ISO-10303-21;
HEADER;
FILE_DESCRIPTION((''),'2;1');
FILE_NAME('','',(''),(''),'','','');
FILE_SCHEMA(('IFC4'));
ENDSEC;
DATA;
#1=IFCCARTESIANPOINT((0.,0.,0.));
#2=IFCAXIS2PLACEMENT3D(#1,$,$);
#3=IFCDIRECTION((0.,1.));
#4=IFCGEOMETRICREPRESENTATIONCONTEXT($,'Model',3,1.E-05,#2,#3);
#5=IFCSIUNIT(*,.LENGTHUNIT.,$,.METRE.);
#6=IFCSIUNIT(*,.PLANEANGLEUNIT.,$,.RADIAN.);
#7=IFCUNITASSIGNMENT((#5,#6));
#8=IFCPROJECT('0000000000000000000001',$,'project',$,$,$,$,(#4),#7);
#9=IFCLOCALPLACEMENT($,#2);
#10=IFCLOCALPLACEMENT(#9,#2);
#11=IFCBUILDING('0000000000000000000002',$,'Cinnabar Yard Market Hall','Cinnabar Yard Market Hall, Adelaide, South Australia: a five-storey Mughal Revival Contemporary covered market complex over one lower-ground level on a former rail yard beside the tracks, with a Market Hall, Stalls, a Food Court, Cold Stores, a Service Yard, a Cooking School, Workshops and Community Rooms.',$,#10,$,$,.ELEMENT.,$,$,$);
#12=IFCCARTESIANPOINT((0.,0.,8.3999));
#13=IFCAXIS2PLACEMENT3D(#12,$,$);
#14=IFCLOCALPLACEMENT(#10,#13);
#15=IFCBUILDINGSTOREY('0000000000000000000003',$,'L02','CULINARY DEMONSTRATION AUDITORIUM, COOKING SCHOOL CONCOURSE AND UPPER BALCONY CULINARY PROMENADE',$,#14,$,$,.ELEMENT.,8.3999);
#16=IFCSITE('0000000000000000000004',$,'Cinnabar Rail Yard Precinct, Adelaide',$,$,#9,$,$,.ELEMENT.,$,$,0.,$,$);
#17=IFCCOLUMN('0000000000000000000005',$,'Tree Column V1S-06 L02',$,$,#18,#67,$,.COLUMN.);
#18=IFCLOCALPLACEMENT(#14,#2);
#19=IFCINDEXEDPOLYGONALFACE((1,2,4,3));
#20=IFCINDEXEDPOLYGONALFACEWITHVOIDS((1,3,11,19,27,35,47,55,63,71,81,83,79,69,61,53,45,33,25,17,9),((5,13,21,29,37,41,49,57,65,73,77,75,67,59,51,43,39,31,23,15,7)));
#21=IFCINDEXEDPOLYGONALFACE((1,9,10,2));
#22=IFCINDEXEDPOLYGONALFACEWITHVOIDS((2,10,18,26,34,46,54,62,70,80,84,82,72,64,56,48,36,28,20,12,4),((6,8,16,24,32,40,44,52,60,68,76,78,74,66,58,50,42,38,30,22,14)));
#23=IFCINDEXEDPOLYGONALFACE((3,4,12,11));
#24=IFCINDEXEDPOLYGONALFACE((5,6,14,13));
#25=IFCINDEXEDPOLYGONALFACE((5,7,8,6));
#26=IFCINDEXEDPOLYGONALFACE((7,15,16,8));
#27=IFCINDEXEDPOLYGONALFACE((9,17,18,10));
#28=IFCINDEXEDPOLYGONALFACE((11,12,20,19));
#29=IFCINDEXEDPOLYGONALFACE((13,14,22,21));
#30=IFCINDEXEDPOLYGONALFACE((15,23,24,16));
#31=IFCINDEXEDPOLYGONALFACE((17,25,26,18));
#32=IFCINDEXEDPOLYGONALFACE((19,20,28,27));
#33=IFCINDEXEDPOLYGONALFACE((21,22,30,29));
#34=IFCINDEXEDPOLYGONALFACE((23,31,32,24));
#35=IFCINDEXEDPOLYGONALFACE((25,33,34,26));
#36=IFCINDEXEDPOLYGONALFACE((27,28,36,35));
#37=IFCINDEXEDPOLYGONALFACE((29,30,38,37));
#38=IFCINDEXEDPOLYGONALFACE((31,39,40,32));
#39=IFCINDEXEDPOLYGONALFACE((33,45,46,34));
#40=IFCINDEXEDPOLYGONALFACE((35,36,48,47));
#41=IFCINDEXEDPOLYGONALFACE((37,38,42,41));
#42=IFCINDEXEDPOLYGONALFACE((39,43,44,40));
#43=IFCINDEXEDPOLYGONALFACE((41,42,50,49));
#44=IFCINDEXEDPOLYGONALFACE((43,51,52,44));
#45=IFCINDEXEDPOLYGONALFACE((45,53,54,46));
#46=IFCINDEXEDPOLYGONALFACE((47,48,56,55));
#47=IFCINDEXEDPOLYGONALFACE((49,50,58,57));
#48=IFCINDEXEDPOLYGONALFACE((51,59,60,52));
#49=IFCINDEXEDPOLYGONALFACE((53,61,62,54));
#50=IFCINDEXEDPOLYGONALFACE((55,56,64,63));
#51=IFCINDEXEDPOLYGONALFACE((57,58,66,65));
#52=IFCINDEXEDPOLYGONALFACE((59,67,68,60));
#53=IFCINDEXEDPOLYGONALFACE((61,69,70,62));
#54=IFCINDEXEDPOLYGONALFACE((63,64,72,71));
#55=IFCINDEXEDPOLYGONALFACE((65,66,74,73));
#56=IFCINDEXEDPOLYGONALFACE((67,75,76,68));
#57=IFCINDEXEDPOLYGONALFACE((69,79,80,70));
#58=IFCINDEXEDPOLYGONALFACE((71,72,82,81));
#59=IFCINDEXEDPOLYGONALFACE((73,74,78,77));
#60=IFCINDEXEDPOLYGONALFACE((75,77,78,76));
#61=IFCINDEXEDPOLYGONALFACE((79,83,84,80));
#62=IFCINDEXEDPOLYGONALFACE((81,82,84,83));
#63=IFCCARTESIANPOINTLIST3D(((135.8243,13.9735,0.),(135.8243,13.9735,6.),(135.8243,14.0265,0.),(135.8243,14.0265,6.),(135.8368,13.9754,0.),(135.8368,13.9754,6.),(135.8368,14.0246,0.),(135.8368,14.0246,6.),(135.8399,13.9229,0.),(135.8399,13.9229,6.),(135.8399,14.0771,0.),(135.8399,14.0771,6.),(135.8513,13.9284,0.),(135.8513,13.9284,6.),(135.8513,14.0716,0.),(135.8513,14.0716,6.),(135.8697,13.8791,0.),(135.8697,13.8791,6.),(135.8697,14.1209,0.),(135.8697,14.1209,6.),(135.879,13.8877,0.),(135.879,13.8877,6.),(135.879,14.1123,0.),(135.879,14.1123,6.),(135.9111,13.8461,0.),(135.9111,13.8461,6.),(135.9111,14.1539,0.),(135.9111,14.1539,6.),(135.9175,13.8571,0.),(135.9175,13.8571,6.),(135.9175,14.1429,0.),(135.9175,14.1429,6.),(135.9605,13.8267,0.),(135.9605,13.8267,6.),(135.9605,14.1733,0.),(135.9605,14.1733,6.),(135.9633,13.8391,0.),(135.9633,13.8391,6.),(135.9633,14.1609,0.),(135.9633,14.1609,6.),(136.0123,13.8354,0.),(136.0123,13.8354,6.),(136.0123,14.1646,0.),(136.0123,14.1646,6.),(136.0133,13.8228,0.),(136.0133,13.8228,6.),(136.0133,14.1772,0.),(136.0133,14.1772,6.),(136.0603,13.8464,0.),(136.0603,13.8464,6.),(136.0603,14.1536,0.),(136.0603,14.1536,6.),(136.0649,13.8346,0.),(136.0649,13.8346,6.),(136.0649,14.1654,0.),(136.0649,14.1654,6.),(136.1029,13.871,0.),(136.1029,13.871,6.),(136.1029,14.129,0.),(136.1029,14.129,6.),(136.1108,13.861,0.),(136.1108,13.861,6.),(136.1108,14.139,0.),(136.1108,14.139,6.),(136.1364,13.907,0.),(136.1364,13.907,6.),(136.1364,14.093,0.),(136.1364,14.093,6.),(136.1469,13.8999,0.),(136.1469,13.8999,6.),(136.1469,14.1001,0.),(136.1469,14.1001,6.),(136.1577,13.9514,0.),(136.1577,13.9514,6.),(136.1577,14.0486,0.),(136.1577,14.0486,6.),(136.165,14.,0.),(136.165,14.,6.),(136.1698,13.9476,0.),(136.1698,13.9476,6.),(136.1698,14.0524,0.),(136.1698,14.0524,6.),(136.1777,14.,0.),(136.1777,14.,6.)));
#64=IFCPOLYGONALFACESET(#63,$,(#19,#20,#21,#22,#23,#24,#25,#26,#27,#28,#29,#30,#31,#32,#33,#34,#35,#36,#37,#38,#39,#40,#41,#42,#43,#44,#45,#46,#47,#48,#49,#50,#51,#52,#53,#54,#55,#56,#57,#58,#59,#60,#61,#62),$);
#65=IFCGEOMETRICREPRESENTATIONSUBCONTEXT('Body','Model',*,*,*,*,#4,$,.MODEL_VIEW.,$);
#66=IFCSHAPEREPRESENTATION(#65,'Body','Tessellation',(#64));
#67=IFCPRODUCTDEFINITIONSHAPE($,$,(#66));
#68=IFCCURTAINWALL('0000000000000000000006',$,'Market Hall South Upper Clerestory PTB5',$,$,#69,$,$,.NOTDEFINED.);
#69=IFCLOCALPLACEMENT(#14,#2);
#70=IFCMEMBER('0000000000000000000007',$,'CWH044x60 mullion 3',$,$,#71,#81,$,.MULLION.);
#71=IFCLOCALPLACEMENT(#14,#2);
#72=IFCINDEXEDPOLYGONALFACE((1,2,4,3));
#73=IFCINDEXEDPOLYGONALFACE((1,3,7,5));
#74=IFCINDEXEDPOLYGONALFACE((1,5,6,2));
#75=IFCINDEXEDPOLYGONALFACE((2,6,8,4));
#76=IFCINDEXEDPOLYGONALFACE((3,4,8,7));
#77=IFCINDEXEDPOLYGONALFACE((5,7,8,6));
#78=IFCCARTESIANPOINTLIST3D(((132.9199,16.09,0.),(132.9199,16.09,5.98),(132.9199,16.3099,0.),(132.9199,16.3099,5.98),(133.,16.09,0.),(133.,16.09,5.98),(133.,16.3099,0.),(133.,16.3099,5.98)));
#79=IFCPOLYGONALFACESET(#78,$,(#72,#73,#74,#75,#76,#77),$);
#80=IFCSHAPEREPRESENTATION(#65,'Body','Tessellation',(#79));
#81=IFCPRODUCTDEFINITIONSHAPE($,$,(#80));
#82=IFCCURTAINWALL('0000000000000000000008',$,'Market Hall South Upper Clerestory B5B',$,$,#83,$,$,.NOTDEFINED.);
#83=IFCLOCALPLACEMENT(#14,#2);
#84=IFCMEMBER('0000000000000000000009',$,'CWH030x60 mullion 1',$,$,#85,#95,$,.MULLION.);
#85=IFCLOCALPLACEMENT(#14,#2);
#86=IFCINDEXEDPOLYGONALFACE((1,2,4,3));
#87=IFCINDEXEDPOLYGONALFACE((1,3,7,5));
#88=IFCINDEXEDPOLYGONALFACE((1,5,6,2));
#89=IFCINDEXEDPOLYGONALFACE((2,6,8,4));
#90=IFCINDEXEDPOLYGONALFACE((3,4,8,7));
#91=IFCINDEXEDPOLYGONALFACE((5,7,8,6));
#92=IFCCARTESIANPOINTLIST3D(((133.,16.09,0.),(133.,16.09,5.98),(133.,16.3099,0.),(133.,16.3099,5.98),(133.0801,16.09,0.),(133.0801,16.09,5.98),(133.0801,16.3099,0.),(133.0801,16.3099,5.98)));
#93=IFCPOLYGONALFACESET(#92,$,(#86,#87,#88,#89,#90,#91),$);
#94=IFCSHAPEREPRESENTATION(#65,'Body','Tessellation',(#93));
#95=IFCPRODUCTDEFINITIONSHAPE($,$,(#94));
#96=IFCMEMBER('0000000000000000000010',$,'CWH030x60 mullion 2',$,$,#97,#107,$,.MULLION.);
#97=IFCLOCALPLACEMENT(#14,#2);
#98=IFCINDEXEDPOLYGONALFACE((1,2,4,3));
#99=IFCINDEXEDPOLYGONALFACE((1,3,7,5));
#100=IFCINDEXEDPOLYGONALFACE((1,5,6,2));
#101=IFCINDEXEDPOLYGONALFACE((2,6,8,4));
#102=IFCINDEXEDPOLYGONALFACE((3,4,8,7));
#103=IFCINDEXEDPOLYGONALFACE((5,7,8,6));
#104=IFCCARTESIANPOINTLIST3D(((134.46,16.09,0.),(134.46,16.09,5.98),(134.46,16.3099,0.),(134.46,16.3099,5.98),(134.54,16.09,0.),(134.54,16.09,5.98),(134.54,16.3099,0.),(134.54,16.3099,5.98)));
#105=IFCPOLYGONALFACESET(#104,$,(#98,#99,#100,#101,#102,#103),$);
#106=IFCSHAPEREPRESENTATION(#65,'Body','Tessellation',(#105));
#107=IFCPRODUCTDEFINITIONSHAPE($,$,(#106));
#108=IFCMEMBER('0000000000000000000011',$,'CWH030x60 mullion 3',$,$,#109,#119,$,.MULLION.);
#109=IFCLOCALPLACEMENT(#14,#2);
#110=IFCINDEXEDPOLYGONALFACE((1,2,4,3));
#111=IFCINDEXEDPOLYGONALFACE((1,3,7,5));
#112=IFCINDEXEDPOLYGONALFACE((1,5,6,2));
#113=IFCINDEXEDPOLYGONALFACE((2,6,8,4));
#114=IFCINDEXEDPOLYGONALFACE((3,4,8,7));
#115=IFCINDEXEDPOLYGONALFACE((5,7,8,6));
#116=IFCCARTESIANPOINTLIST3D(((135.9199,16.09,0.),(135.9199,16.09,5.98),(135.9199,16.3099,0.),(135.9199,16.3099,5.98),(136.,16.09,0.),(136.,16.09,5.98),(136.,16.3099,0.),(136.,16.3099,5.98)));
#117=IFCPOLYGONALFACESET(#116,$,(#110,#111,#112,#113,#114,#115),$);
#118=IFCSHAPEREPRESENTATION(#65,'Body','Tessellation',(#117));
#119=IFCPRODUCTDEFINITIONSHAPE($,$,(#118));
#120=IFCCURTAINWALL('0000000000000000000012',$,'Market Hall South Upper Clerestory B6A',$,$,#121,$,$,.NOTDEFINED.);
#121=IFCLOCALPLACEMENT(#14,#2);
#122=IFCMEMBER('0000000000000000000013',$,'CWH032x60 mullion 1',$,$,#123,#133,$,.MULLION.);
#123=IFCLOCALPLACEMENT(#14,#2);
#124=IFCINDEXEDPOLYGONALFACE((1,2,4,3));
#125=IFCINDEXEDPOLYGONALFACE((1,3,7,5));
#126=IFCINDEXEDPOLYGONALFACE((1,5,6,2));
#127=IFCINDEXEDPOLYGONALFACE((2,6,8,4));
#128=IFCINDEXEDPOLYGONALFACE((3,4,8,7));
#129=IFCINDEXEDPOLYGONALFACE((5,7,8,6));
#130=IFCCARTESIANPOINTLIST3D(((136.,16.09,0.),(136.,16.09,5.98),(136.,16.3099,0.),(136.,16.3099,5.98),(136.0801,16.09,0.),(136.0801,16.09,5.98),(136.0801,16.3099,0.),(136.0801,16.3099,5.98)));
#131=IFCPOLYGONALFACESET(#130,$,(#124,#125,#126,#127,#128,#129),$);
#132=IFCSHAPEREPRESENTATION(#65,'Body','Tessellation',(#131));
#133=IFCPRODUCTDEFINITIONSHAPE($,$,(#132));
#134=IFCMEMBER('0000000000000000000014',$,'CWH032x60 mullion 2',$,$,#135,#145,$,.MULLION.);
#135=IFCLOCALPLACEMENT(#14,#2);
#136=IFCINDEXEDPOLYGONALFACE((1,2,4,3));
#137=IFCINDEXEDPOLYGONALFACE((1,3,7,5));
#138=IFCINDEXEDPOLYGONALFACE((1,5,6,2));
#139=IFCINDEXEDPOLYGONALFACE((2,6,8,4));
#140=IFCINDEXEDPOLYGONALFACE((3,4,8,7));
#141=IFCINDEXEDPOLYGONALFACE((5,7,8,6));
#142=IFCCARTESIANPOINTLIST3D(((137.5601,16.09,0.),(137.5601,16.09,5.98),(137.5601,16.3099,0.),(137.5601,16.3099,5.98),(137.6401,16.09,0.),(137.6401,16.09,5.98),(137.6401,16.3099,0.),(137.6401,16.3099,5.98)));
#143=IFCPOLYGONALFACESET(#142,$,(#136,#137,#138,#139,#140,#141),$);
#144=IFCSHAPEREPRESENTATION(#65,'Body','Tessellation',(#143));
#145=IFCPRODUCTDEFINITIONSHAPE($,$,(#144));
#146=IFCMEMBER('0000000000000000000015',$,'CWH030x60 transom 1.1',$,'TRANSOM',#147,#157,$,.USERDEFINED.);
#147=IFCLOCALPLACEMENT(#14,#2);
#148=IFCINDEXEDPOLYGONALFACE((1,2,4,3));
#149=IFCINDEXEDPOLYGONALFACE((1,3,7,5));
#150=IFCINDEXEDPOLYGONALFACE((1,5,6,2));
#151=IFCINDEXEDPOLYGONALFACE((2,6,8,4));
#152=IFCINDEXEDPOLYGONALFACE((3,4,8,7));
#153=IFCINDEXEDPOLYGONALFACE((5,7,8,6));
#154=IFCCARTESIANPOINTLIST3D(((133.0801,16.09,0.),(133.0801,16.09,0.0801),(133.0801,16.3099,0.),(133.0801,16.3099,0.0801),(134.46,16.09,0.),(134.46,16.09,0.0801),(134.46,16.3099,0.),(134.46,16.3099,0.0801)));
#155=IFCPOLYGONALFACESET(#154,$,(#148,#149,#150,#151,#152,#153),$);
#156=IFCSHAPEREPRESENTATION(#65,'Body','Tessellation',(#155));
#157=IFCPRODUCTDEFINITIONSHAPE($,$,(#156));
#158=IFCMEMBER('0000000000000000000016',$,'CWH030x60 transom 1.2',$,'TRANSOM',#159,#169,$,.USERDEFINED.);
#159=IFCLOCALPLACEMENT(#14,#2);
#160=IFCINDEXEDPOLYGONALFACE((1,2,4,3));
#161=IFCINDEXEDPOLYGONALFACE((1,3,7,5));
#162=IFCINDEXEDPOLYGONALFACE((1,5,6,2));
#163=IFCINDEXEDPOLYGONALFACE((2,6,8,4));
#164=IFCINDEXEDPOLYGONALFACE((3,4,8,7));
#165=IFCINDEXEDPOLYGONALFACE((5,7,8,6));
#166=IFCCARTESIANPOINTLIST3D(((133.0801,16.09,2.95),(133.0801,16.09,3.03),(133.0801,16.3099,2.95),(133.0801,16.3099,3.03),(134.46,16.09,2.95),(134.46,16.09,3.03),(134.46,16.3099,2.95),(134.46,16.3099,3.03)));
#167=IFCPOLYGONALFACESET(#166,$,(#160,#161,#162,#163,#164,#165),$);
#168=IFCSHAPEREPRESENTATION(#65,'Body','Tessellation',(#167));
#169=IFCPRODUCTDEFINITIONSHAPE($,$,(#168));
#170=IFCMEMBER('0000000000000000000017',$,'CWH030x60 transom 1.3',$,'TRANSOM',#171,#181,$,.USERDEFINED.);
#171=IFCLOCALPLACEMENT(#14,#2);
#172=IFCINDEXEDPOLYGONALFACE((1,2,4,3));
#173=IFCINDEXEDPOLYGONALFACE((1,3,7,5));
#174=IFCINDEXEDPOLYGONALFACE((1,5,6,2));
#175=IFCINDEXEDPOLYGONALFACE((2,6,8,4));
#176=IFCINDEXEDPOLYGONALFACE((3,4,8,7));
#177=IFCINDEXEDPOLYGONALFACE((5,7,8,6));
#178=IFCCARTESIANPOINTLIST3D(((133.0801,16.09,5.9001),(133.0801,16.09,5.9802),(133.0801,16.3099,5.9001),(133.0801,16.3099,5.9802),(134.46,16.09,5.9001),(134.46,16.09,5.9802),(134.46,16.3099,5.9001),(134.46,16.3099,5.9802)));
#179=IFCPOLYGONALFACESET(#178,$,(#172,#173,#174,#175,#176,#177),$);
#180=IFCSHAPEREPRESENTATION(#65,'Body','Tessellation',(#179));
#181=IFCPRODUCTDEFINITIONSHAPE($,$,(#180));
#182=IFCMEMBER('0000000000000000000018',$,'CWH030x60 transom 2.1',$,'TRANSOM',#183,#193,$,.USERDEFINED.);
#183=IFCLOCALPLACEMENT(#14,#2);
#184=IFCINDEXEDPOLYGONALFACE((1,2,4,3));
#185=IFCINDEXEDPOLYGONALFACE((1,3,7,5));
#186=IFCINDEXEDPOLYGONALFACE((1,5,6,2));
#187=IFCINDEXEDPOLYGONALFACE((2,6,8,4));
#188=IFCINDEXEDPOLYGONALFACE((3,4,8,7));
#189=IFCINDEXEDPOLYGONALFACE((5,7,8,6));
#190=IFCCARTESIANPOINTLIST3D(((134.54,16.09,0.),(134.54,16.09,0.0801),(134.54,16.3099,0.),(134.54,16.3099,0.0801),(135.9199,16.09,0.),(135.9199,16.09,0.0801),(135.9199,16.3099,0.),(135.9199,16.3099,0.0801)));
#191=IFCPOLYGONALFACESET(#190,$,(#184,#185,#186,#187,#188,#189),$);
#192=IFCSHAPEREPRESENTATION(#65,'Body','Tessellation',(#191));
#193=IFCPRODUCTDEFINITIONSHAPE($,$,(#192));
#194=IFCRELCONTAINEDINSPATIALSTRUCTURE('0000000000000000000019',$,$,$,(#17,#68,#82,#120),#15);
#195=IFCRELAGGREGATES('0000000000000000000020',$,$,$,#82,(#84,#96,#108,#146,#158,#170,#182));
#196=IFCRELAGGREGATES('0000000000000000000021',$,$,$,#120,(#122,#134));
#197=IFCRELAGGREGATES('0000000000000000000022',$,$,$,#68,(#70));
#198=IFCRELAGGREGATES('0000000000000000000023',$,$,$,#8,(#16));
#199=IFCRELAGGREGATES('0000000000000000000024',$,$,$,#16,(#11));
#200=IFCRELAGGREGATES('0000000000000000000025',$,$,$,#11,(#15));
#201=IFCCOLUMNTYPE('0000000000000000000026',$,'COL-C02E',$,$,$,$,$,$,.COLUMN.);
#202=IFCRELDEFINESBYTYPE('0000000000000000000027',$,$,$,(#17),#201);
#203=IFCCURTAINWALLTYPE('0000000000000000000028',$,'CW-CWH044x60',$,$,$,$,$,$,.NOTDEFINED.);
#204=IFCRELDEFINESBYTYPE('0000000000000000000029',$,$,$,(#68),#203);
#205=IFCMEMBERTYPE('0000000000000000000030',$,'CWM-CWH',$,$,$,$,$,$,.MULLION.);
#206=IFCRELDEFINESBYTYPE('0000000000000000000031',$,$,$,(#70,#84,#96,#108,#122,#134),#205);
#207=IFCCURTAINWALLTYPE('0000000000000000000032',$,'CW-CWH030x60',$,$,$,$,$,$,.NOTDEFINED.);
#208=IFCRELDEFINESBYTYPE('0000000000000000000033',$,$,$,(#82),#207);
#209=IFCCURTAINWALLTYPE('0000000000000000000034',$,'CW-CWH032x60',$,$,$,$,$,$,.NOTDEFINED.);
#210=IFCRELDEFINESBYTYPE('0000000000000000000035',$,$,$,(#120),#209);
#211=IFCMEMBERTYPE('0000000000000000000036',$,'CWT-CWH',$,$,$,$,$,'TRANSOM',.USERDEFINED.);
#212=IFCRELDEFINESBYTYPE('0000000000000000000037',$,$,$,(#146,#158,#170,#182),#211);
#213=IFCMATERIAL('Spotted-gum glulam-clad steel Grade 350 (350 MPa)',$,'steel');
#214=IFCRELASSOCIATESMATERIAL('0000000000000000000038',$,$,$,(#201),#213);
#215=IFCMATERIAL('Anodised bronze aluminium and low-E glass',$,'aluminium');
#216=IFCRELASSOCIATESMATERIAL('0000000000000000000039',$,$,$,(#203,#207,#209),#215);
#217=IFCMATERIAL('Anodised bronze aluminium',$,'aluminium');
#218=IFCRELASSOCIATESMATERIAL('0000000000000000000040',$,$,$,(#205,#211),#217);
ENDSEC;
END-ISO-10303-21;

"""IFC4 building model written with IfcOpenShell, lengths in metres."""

from ifc_helpers import new_model, si_unit, direction, frame, origin, origin_2d_with_axis, place, context, subcontext, project, spatial, rectangle, hollow_circle, extrude, material, material_profile, profile_set, type_object, element, aggregate, save


model = new_model("IFC4")

# Units and contexts
model_context = context("Model", 3, precision=1e-05, world=origin(), true_north=direction((0.0, 1.0)))
body_context = subcontext(model_context, "Body", "Model", "MODEL_VIEW")
ifc_project = project(units=[si_unit("LENGTHUNIT", "METRE"), si_unit("PLANEANGLEUNIT", "RADIAN")], contexts=[model_context])

# Site, building, storey
site_placement = place(None, origin())
site = spatial("IfcSite", under=ifc_project, at=site_placement, Name="Cinnabar Rail Yard Precinct, Adelaide", CompositionType="ELEMENT", RefElevation=0.0)
building_placement = place(site_placement, origin())
building = spatial("IfcBuilding", under=site, at=building_placement, Name="Cinnabar Yard Market Hall", Description="Cinnabar Yard Market Hall, Adelaide, South Australia: a five-storey Mughal Revival Contemporary covered market complex over one lower-ground level on a former rail yard beside the tracks, with a Market Hall, Stalls, a Food Court, Cold Stores, a Service Yard, a Cooking School, Workshops and Community Rooms.", CompositionType="ELEMENT")
storey_placement = place(building_placement, frame((0.0, 0.0, 8.3999)))
storey = spatial("IfcBuildingStorey", under=building, at=storey_placement, Name="L02", Description="CULINARY DEMONSTRATION AUDITORIUM, COOKING SCHOOL CONCOURSE AND UPPER BALCONY CULINARY PROMENADE", CompositionType="ELEMENT", Elevation=8.3999)

# Column
ifc_material_1 = material(Name="Spotted-gum glulam-clad steel Grade 350 (350 MPa)", Category="steel")
ifc_material_profile_1 = material_profile(ifc_material_1, hollow_circle(Radius=0.1777, WallThickness=0.0127, at=origin_2d_with_axis()), Name="355.6x12.7CHS")
ifc_profile_set_1 = profile_set([ifc_material_profile_1], Name="Spotted-gum glulam-clad steel Grade 350 (350 MPa)")
column_type = type_object("IfcColumnType", Name="COL-C02E", PredefinedType="COLUMN", material=ifc_profile_set_1)
column_placement = place(storey_placement, frame((136.0, 14.0, 0.0), z_axis=(0.0, 0.0, 1.0), x_axis=(1.0, 0.0, 0.0)))
element("IfcColumn", 1, at=column_placement, inside=storey, type_object=column_type, Name="Tree Column V1S-06 L02", PredefinedType="COLUMN", context=body_context, shape_type="SweptSolid", body=[
    extrude(hollow_circle(Radius=0.1777, WallThickness=0.0127, at=origin_2d_with_axis()), origin(), (0.0, 0.0, 1.0), 6.0),
])

# Curtain wall, member
ifc_material_2 = material(Name="Anodised bronze aluminium and low-E glass", Category="aluminium")
curtain_wall_type_1 = type_object("IfcCurtainWallType", Name="CW-CWH044x60", PredefinedType="NOTDEFINED", material=ifc_material_2)
curtain_wall_1_placement = place(storey_placement, origin())
curtain_wall_1 = element("IfcCurtainWall", 2, at=curtain_wall_1_placement, inside=storey, type_object=curtain_wall_type_1, Name="Market Hall South Upper Clerestory PTB5", PredefinedType="NOTDEFINED")
ifc_material_3 = material(Name="Anodised bronze aluminium", Category="aluminium")
ifc_material_profile_2 = material_profile(ifc_material_3, rectangle(XDim=0.22, YDim=0.0801, at=origin_2d_with_axis()), Name="MUL-CWH")
ifc_profile_set_2 = profile_set([ifc_material_profile_2], Name="Anodised bronze aluminium")
member_type_1 = type_object("IfcMemberType", Name="CWM-CWH", PredefinedType="MULLION", material=ifc_profile_set_2)
member_1_placement = place(storey_placement, frame((132.96, 16.2, 0.0), z_axis=(0.0, 0.0, 1.0), x_axis=(0.0, 1.0, 0.0)))
member_1 = element("IfcMember", 3, at=member_1_placement, type_object=member_type_1, Name="CWH044x60 mullion 3", PredefinedType="MULLION", context=body_context, shape_type="SweptSolid", body=[
    extrude(rectangle(XDim=0.22, YDim=0.0801, at=origin_2d_with_axis()), origin(), (0.0, 0.0, 1.0), 5.98),
])

# Curtain walls, members
curtain_wall_type_2 = type_object("IfcCurtainWallType", Name="CW-CWH030x60", PredefinedType="NOTDEFINED", material=ifc_material_2)
curtain_wall_2_placement = place(storey_placement, origin())
curtain_wall_2 = element("IfcCurtainWall", 4, at=curtain_wall_2_placement, inside=storey, type_object=curtain_wall_type_2, Name="Market Hall South Upper Clerestory B5B", PredefinedType="NOTDEFINED")
member_2_placement = place(storey_placement, frame((133.04, 16.2, 0.0), z_axis=(0.0, 0.0, 1.0), x_axis=(0.0, 1.0, 0.0)))
member_2 = element("IfcMember", 5, at=member_2_placement, type_object=member_type_1, Name="CWH030x60 mullion 1", PredefinedType="MULLION", context=body_context, shape_type="SweptSolid", body=[
    extrude(rectangle(XDim=0.22, YDim=0.0801, at=origin_2d_with_axis()), origin(), (0.0, 0.0, 1.0), 5.98),
])
member_3_placement = place(storey_placement, frame((134.5, 16.2, 0.0), z_axis=(0.0, 0.0, 1.0), x_axis=(0.0, 1.0, 0.0)))
member_3 = element("IfcMember", 6, at=member_3_placement, type_object=member_type_1, Name="CWH030x60 mullion 2", PredefinedType="MULLION", context=body_context, shape_type="SweptSolid", body=[
    extrude(rectangle(XDim=0.22, YDim=0.0801, at=origin_2d_with_axis()), origin(), (0.0, 0.0, 1.0), 5.98),
])
member_4_placement = place(storey_placement, frame((135.96, 16.2, 0.0), z_axis=(0.0, 0.0, 1.0), x_axis=(0.0, 1.0, 0.0)))
member_4 = element("IfcMember", 7, at=member_4_placement, type_object=member_type_1, Name="CWH030x60 mullion 3", PredefinedType="MULLION", context=body_context, shape_type="SweptSolid", body=[
    extrude(rectangle(XDim=0.22, YDim=0.0801, at=origin_2d_with_axis()), origin(), (0.0, 0.0, 1.0), 5.98),
])
curtain_wall_type_3 = type_object("IfcCurtainWallType", Name="CW-CWH032x60", PredefinedType="NOTDEFINED", material=ifc_material_2)
curtain_wall_3_placement = place(storey_placement, origin())
curtain_wall_3 = element("IfcCurtainWall", 8, at=curtain_wall_3_placement, inside=storey, type_object=curtain_wall_type_3, Name="Market Hall South Upper Clerestory B6A", PredefinedType="NOTDEFINED")
member_5_placement = place(storey_placement, frame((136.04, 16.2, 0.0), z_axis=(0.0, 0.0, 1.0), x_axis=(0.0, 1.0, 0.0)))
member_5 = element("IfcMember", 9, at=member_5_placement, type_object=member_type_1, Name="CWH032x60 mullion 1", PredefinedType="MULLION", context=body_context, shape_type="SweptSolid", body=[
    extrude(rectangle(XDim=0.22, YDim=0.0801, at=origin_2d_with_axis()), origin(), (0.0, 0.0, 1.0), 5.98),
])
member_6_placement = place(storey_placement, frame((137.6001, 16.2, 0.0), z_axis=(0.0, 0.0, 1.0), x_axis=(0.0, 1.0, 0.0)))
member_6 = element("IfcMember", 10, at=member_6_placement, type_object=member_type_1, Name="CWH032x60 mullion 2", PredefinedType="MULLION", context=body_context, shape_type="SweptSolid", body=[
    extrude(rectangle(XDim=0.22, YDim=0.0801, at=origin_2d_with_axis()), origin(), (0.0, 0.0, 1.0), 5.98),
])

# Members
ifc_material_profile_3 = material_profile(ifc_material_3, rectangle(XDim=0.22, YDim=0.0801, at=origin_2d_with_axis()), Name="TRN-CWH")
ifc_profile_set_3 = profile_set([ifc_material_profile_3], Name="Anodised bronze aluminium")
member_type_2 = type_object("IfcMemberType", Name="CWT-CWH", ElementType="TRANSOM", PredefinedType="USERDEFINED", material=ifc_profile_set_3)
member_7_placement = place(storey_placement, frame((133.0801, 16.2, 0.04), z_axis=(1.0, 0.0, 0.0), x_axis=(0.0, 1.0, 0.0)))
member_7 = element("IfcMember", 11, at=member_7_placement, type_object=member_type_2, Name="CWH030x60 transom 1.1", ObjectType="TRANSOM", PredefinedType="USERDEFINED", context=body_context, shape_type="SweptSolid", body=[
    extrude(rectangle(XDim=0.22, YDim=0.0801, at=origin_2d_with_axis()), origin(), (0.0, 0.0, 1.0), 1.3799),
])
member_8_placement = place(storey_placement, frame((133.0801, 16.2, 2.99), z_axis=(1.0, 0.0, 0.0), x_axis=(0.0, 1.0, 0.0)))
member_8 = element("IfcMember", 12, at=member_8_placement, type_object=member_type_2, Name="CWH030x60 transom 1.2", ObjectType="TRANSOM", PredefinedType="USERDEFINED", context=body_context, shape_type="SweptSolid", body=[
    extrude(rectangle(XDim=0.22, YDim=0.0801, at=origin_2d_with_axis()), origin(), (0.0, 0.0, 1.0), 1.3799),
])
member_9_placement = place(storey_placement, frame((133.0801, 16.2, 5.9402), z_axis=(1.0, 0.0, 0.0), x_axis=(0.0, 1.0, 0.0)))
member_9 = element("IfcMember", 13, at=member_9_placement, type_object=member_type_2, Name="CWH030x60 transom 1.3", ObjectType="TRANSOM", PredefinedType="USERDEFINED", context=body_context, shape_type="SweptSolid", body=[
    extrude(rectangle(XDim=0.22, YDim=0.0801, at=origin_2d_with_axis()), origin(), (0.0, 0.0, 1.0), 1.3799),
])
member_10_placement = place(storey_placement, frame((134.54, 16.2, 0.04), z_axis=(1.0, 0.0, 0.0), x_axis=(0.0, 1.0, 0.0)))
member_10 = element("IfcMember", 14, at=member_10_placement, type_object=member_type_2, Name="CWH030x60 transom 2.1", ObjectType="TRANSOM", PredefinedType="USERDEFINED", context=body_context, shape_type="SweptSolid", body=[
    extrude(rectangle(XDim=0.22, YDim=0.0801, at=origin_2d_with_axis()), origin(), (0.0, 0.0, 1.0), 1.3799),
])

aggregate(curtain_wall_2, [member_2, member_3, member_4, member_7, member_8, member_9, member_10])
aggregate(curtain_wall_3, [member_5, member_6])
aggregate(curtain_wall_1, [member_1])

save(model, "model.ifc")
